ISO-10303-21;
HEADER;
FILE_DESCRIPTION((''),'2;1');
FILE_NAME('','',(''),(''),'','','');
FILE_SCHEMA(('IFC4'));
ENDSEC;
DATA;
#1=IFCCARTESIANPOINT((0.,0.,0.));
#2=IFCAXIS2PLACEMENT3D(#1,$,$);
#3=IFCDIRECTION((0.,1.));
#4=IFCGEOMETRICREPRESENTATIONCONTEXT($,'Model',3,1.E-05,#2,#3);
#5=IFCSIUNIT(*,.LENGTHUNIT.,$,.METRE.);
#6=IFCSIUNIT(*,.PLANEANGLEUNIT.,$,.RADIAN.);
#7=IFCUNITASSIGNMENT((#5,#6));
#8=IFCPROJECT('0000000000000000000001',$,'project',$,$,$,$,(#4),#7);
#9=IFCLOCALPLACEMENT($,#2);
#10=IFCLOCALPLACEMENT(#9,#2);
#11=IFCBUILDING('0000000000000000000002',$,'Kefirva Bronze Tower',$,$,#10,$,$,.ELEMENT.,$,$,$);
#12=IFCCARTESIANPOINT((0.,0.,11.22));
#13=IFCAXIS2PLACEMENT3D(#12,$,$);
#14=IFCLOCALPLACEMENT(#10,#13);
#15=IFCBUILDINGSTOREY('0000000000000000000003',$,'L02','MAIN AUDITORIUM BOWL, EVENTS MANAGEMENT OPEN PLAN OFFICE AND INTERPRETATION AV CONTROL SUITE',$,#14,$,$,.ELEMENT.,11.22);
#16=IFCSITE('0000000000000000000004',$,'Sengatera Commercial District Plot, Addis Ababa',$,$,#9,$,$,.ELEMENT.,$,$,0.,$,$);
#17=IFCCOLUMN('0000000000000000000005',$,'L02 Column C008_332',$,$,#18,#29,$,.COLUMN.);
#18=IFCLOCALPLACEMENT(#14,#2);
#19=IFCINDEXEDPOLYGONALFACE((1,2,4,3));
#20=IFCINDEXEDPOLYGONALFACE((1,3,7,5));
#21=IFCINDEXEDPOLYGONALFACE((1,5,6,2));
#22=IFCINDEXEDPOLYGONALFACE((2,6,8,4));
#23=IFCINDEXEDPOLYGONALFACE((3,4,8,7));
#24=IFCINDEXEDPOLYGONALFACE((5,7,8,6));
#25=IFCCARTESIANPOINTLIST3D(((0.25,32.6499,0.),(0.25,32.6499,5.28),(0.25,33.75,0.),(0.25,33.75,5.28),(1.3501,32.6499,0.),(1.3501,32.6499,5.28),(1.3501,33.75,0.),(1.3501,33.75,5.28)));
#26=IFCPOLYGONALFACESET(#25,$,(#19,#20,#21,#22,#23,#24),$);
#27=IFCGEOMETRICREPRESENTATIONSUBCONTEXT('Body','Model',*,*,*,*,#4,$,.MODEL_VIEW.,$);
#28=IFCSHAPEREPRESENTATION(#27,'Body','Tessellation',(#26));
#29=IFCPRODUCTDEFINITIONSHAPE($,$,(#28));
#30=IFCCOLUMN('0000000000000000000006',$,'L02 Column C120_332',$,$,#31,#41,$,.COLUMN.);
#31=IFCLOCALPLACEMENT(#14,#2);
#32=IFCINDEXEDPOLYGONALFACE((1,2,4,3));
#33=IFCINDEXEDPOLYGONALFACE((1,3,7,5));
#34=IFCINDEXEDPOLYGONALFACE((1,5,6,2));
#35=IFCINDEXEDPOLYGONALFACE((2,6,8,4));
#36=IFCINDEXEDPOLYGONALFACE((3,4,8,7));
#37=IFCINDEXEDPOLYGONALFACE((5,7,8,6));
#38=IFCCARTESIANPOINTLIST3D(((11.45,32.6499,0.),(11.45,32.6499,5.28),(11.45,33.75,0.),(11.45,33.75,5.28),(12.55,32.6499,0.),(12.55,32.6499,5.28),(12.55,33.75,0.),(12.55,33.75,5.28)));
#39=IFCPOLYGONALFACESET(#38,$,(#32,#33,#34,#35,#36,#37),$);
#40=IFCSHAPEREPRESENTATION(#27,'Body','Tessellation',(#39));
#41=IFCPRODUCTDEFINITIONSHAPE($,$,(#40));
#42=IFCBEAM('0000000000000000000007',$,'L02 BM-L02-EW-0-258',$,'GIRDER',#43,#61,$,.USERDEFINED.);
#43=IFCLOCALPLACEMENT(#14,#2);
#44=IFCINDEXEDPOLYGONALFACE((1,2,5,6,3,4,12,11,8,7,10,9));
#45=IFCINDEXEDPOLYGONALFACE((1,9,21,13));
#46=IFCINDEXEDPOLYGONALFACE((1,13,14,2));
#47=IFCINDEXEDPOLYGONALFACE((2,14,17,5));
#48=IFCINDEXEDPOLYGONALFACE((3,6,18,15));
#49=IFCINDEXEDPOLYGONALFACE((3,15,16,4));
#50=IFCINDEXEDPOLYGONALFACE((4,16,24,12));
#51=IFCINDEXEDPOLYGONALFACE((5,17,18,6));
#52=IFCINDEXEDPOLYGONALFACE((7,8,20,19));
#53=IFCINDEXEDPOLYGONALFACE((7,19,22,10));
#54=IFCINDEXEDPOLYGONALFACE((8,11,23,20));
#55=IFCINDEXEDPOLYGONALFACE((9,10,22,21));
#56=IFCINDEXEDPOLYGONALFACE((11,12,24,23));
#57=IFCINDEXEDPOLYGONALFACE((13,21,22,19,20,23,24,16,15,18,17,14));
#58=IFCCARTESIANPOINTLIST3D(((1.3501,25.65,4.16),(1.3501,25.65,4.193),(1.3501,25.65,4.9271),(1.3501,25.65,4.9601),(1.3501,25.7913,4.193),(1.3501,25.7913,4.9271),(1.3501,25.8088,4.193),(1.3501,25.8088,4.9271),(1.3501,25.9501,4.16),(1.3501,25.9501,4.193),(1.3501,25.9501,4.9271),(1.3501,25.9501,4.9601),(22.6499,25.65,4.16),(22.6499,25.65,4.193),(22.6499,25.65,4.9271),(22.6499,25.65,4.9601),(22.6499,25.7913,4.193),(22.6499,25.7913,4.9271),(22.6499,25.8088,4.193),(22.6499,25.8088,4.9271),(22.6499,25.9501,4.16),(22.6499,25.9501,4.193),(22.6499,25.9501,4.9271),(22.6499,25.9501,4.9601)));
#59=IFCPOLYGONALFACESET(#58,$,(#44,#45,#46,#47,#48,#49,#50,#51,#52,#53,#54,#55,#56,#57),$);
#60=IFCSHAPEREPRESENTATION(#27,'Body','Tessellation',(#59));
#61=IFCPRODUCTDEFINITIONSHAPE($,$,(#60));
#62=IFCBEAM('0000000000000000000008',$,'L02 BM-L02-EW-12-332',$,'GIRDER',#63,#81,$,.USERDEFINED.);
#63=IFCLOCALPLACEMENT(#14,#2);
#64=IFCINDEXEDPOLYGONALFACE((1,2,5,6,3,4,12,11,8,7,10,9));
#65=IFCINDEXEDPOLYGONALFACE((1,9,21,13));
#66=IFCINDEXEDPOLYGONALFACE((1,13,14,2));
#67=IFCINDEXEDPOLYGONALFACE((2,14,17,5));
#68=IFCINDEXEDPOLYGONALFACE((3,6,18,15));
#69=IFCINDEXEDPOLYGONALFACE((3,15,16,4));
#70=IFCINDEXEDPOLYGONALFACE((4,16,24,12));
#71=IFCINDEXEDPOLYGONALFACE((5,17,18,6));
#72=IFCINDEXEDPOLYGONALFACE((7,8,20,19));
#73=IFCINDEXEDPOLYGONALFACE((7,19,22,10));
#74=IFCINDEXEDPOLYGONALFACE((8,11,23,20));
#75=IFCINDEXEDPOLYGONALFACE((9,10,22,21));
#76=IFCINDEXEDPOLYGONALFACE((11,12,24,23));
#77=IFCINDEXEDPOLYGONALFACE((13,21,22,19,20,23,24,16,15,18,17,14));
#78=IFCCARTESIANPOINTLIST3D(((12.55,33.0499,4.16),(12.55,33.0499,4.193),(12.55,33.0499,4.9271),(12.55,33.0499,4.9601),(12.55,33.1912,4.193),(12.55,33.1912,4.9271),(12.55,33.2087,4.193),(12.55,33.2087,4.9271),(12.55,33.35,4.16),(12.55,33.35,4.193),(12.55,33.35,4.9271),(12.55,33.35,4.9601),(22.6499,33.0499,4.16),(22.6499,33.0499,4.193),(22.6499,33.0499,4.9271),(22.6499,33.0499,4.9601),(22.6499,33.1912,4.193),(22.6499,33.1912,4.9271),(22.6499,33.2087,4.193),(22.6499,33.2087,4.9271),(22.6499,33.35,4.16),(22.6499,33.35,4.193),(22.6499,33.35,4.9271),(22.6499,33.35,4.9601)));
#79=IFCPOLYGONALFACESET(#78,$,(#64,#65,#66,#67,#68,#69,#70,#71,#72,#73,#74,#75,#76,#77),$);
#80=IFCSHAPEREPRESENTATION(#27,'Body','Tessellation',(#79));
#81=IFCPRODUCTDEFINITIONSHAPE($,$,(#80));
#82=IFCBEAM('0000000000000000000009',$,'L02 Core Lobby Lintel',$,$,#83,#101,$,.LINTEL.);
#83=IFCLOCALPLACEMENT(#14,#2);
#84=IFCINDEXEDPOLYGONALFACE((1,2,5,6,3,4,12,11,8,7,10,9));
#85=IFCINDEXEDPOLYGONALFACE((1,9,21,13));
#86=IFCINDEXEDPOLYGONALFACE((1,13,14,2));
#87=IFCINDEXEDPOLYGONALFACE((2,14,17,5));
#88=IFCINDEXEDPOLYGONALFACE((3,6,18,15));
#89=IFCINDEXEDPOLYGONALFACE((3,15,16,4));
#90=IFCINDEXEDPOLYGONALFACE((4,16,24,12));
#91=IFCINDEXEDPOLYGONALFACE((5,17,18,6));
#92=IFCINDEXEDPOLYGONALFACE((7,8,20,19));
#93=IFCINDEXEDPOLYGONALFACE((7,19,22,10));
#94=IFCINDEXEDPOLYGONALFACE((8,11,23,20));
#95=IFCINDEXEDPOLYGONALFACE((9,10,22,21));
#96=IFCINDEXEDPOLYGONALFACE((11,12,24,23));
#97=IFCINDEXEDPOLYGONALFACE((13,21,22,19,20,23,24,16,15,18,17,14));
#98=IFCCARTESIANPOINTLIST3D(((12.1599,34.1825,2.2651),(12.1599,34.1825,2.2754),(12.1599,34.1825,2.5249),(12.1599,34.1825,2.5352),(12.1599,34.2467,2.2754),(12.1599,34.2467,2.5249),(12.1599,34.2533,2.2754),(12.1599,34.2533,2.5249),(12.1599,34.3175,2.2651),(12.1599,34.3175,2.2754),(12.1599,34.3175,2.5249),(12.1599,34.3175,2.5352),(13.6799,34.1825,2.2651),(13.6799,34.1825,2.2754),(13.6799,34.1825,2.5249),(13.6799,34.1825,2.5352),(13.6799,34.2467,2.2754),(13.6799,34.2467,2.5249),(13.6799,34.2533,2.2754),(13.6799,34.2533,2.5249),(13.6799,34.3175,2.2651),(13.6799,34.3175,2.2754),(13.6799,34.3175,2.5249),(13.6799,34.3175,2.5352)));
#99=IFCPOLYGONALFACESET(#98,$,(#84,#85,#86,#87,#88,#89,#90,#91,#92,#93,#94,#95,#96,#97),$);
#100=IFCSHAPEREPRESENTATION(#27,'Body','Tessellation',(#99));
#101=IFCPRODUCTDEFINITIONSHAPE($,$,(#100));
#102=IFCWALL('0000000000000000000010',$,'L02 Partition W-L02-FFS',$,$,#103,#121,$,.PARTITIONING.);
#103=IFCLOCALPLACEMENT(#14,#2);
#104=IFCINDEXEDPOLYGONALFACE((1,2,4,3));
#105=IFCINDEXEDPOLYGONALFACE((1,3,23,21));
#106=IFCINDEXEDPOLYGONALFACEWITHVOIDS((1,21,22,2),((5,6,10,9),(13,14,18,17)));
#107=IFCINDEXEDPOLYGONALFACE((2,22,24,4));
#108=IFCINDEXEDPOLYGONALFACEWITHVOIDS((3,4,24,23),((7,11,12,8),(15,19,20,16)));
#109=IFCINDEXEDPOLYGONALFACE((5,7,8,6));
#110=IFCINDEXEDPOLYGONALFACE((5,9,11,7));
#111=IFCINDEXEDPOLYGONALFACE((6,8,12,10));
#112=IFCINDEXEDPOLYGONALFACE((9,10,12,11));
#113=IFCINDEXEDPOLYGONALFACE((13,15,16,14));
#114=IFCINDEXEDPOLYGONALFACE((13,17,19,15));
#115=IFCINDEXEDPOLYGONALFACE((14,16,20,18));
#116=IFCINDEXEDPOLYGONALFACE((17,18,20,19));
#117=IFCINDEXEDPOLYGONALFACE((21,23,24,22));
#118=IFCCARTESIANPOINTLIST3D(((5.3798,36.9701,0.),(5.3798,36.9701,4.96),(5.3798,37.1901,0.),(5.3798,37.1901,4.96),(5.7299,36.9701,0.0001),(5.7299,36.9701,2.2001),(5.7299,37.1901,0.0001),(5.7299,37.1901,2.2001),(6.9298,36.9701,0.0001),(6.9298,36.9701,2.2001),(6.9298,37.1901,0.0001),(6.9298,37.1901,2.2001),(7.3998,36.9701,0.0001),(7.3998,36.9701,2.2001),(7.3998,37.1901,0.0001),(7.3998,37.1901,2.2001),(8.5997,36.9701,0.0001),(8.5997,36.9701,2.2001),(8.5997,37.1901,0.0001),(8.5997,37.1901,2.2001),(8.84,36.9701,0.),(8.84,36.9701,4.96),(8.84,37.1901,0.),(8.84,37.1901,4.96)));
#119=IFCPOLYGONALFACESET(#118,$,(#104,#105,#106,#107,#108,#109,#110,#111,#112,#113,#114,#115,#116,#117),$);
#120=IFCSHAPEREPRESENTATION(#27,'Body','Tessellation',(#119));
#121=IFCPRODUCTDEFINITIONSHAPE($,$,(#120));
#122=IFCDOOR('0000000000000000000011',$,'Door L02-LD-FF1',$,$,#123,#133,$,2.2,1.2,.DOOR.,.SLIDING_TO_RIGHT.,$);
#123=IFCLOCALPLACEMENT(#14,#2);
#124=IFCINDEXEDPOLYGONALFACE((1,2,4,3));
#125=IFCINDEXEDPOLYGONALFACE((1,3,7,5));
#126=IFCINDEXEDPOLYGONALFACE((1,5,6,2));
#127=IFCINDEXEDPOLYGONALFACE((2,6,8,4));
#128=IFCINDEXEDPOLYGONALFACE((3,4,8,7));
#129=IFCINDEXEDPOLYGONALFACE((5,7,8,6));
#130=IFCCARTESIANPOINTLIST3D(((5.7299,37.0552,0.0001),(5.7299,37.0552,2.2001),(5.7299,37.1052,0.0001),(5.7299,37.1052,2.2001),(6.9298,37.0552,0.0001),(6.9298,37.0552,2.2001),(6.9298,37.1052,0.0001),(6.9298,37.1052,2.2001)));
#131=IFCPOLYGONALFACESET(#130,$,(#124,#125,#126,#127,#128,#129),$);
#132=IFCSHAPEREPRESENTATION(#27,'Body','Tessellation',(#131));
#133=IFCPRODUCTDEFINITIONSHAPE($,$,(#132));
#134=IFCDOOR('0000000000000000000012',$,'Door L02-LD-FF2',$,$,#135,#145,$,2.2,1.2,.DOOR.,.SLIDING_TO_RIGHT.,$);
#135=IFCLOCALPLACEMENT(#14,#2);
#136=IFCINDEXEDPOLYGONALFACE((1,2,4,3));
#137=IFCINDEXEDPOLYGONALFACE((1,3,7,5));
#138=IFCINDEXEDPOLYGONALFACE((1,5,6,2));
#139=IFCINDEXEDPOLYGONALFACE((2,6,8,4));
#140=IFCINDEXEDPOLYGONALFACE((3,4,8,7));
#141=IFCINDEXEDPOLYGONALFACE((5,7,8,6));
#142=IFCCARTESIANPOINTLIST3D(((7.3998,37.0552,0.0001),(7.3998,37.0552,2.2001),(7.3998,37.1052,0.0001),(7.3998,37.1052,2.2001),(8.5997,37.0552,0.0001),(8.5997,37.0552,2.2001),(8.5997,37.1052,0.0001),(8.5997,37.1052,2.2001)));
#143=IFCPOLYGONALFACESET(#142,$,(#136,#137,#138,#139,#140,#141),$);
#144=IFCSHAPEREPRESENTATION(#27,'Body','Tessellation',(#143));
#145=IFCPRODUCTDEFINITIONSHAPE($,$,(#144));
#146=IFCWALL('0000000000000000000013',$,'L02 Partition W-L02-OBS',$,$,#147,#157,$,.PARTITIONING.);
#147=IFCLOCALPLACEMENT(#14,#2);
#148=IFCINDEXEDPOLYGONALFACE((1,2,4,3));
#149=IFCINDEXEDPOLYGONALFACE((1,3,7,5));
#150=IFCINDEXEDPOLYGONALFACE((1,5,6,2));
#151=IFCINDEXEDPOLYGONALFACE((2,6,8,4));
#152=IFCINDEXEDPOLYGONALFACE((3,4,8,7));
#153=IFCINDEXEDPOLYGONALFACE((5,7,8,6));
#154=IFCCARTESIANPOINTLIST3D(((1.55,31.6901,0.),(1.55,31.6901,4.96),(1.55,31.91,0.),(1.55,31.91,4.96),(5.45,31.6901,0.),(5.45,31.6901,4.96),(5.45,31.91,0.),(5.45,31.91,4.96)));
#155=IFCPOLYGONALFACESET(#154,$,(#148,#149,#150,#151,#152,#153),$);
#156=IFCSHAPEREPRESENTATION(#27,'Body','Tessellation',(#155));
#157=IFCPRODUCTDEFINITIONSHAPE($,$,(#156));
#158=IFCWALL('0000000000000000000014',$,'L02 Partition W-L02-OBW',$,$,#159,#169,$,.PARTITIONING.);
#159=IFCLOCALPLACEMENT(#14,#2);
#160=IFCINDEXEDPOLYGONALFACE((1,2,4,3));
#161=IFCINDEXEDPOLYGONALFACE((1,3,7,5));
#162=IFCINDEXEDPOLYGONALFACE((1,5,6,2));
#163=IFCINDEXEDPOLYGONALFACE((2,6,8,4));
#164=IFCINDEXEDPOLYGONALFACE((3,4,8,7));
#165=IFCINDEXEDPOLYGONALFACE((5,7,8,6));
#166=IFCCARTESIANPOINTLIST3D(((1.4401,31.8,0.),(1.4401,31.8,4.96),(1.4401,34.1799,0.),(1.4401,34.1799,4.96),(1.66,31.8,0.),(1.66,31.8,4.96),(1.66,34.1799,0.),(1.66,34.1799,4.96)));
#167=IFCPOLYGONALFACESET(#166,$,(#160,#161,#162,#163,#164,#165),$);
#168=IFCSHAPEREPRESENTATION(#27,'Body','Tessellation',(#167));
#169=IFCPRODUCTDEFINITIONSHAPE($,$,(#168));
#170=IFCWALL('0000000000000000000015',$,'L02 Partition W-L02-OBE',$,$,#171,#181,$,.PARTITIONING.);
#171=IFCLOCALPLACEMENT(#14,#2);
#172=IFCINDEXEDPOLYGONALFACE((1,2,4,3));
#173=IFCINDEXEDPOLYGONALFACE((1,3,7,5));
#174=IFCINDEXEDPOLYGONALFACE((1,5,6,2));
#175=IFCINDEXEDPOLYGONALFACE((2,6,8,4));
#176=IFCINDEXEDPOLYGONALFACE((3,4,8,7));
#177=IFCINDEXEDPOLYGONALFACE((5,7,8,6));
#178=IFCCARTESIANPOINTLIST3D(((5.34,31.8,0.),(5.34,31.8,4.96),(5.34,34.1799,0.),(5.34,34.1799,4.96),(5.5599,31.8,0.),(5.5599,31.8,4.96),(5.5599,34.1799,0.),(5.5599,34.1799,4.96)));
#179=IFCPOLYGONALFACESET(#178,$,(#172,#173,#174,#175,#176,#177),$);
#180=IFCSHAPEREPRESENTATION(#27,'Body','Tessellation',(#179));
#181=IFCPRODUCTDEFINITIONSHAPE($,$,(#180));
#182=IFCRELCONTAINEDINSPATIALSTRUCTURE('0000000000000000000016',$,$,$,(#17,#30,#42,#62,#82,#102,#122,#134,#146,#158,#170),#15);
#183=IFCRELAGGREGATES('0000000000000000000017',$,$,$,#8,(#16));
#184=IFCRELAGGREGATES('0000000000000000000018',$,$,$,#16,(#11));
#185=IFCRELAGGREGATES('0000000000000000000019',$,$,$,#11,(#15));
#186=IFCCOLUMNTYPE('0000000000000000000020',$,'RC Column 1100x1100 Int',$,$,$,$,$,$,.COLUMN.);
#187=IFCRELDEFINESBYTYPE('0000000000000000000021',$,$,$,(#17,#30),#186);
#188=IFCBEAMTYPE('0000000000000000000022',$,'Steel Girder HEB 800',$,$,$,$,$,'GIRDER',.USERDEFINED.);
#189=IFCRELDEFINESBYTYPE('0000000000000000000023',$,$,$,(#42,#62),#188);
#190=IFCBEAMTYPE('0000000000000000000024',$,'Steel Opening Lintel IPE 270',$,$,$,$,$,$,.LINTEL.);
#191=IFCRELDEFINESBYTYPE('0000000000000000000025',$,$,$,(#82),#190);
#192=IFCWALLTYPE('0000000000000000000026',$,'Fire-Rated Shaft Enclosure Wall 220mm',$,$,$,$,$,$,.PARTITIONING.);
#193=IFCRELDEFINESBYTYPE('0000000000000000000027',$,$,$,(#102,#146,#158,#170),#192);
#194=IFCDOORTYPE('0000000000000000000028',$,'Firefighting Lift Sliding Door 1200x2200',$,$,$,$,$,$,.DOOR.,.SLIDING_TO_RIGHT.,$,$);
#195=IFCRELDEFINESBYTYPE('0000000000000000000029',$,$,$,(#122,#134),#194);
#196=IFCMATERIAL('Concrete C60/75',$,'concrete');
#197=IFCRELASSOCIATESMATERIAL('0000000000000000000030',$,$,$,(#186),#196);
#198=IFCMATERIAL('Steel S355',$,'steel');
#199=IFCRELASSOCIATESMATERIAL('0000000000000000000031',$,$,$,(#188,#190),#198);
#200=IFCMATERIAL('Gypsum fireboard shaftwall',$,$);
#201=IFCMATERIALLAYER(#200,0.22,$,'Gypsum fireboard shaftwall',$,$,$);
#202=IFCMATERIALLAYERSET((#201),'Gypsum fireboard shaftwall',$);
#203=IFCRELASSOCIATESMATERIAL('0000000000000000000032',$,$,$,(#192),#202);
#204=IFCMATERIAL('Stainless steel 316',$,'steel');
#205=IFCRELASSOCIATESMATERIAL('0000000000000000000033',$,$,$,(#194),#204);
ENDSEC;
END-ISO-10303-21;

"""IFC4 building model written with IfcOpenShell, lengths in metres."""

from ifc_helpers import new_model, si_unit, direction, frame, frame_2d, origin, origin_2d, place, context, subcontext, project, spatial, rectangle, i_section, extrude, material, layer, layer_set, material_profile, profile_set, type_object, element, fill, save


model = new_model("IFC4")

# Units and contexts
model_context = context("Model", 3, precision=1e-05, world=origin(), true_north=direction((0.0, 1.0)))
body_context = subcontext(model_context, "Body", "Model", "MODEL_VIEW")
ifc_project = project(units=[si_unit("LENGTHUNIT", "METRE"), si_unit("PLANEANGLEUNIT", "RADIAN")], contexts=[model_context])

# Site, building, storey
site_placement = place(None, origin())
site = spatial("IfcSite", under=ifc_project, at=site_placement, Name="Sengatera Commercial District Plot, Addis Ababa", CompositionType="ELEMENT", RefElevation=0.0)
building_placement = place(site_placement, origin())
building = spatial("IfcBuilding", under=site, at=building_placement, Name="Kefirva Bronze Tower", CompositionType="ELEMENT")
storey_placement = place(building_placement, frame((0.0, 0.0, 11.22)))
storey = spatial("IfcBuildingStorey", under=building, at=storey_placement, Name="L02", Description="MAIN AUDITORIUM BOWL, EVENTS MANAGEMENT OPEN PLAN OFFICE AND INTERPRETATION AV CONTROL SUITE", CompositionType="ELEMENT", Elevation=11.22)

# Columns
ifc_material_1 = material(Name="Concrete C60/75", Category="concrete")
ifc_material_profile_1 = material_profile(ifc_material_1, rectangle(XDim=1.1001, YDim=1.1001, at=origin_2d()), Name="RC 1100x1100")
ifc_profile_set_1 = profile_set([ifc_material_profile_1], Name="Concrete C60/75")
column_type = type_object("IfcColumnType", Name="RC Column 1100x1100 Int", PredefinedType="COLUMN", material=ifc_profile_set_1)
for number, where, z_axis, x_axis, name in (
    (1, (0.8, 33.2, 0.0), (0.0, 0.0, 1.0), (1.0, 0.0, 0.0), "L02 Column C008_332"),
    (2, (12.0, 33.2, 0.0), (0.0, 0.0, 1.0), (1.0, 0.0, 0.0), "L02 Column C120_332"),
):
    element("IfcColumn", number, at=place(storey_placement, frame(where, z_axis=z_axis, x_axis=x_axis)), inside=storey, type_object=column_type, Name=name, PredefinedType="COLUMN", context=body_context, shape_type="SweptSolid", body=[
        extrude(rectangle(XDim=1.1001, YDim=1.1001, at=origin_2d()), origin(), (0.0, 0.0, 1.0), 5.28),
    ])

# Beams
ifc_material_2 = material(Name="Steel S355", Category="steel")
ifc_material_profile_2 = material_profile(ifc_material_2, i_section(OverallWidth=0.3, OverallDepth=0.8, WebThickness=0.0176, FlangeThickness=0.033, at=origin_2d()), Name="HEB 800")
ifc_profile_set_2 = profile_set([ifc_material_profile_2], Name="Steel S355")
beam_type_1 = type_object("IfcBeamType", Name="Steel Girder HEB 800", ElementType="GIRDER", PredefinedType="USERDEFINED", material=ifc_profile_set_2)
beam_1_placement = place(storey_placement, frame((1.3501, 25.8, 4.5601), z_axis=(1.0, 0.0, 0.0), x_axis=(0.0, 1.0, 0.0)))
element("IfcBeam", 3, at=beam_1_placement, inside=storey, type_object=beam_type_1, Name="L02 BM-L02-EW-0-258", ObjectType="GIRDER", PredefinedType="USERDEFINED", context=body_context, shape_type="SweptSolid", body=[
    extrude(i_section(OverallWidth=0.3, OverallDepth=0.8, WebThickness=0.0176, FlangeThickness=0.033, at=origin_2d()), origin(), (0.0, 0.0, 1.0), 21.2998),
])
beam_2_placement = place(storey_placement, frame((12.55, 33.2, 4.5601), z_axis=(1.0, 0.0, 0.0), x_axis=(0.0, 1.0, 0.0)))
element("IfcBeam", 4, at=beam_2_placement, inside=storey, type_object=beam_type_1, Name="L02 BM-L02-EW-12-332", ObjectType="GIRDER", PredefinedType="USERDEFINED", context=body_context, shape_type="SweptSolid", body=[
    extrude(i_section(OverallWidth=0.3, OverallDepth=0.8, WebThickness=0.0176, FlangeThickness=0.033, at=origin_2d()), origin(), (0.0, 0.0, 1.0), 10.0999),
])
ifc_material_profile_3 = material_profile(ifc_material_2, i_section(OverallWidth=0.135, OverallDepth=0.27, WebThickness=0.0066, FlangeThickness=0.0103, at=origin_2d()), Name="IPE 270")
ifc_profile_set_3 = profile_set([ifc_material_profile_3], Name="Steel S355")
beam_type_2 = type_object("IfcBeamType", Name="Steel Opening Lintel IPE 270", PredefinedType="LINTEL", material=ifc_profile_set_3)
beam_3_placement = place(storey_placement, frame((12.1599, 34.25, 2.4001), z_axis=(1.0, 0.0, 0.0), x_axis=(0.0, 1.0, 0.0)))
element("IfcBeam", 5, at=beam_3_placement, inside=storey, type_object=beam_type_2, Name="L02 Core Lobby Lintel", PredefinedType="LINTEL", context=body_context, shape_type="SweptSolid", body=[
    extrude(i_section(OverallWidth=0.135, OverallDepth=0.27, WebThickness=0.0066, FlangeThickness=0.0103, at=origin_2d()), origin(), (0.0, 0.0, 1.0), 1.52),
])

# Wall, openings, doors
ifc_material_3 = material(Name="Gypsum fireboard shaftwall")
ifc_layer_1 = layer(ifc_material_3, 0.22, Name="Gypsum fireboard shaftwall")
ifc_layer_set_1 = layer_set([ifc_layer_1], Name="Gypsum fireboard shaftwall")
wall_type_1 = type_object("IfcWallType", Name="Fire-Rated Shaft Enclosure Wall 220mm", PredefinedType="PARTITIONING", material=ifc_layer_set_1)
wall_1_placement = place(storey_placement, frame((5.3799, 37.0801, 0.0), z_axis=(0.0, 0.0, 1.0), x_axis=(1.0, 0.0, 0.0)))
wall_1 = element("IfcWall", 6, at=wall_1_placement, inside=storey, type_object=wall_type_1, Name="L02 Partition W-L02-FFS", PredefinedType="PARTITIONING", context=body_context, shape_type="SweptSolid", body=[
    extrude(rectangle(XDim=3.4602, YDim=0.22, at=frame_2d((1.73, 0.0))), origin(), (0.0, 0.0, 1.0), 4.96),
])
opening_1_placement = place(wall_1_placement, frame((1.55, 0.0, 0.0), z_axis=(0.0, 0.0, 1.0), x_axis=(-1.0, 0.0, 0.0)))
opening_1 = element("IfcOpeningElement", 7, at=opening_1_placement, cuts=wall_1, PredefinedType="OPENING", context=body_context, shape_type="SweptSolid", body=[
    extrude(rectangle(XDim=1.2, YDim=2.2, at=frame_2d((0.6001, 1.1001))), frame((0.0, 0.1201, 0.0), z_axis=(0.0, -1.0, 0.0), x_axis=(1.0, 0.0, 0.0)), (0.0, 0.0, 1.0), 0.24),
])
opening_2_placement = place(wall_1_placement, frame((3.22, 0.0, 0.0), z_axis=(0.0, 0.0, 1.0), x_axis=(-1.0, 0.0, 0.0)))
opening_2 = element("IfcOpeningElement", 8, at=opening_2_placement, cuts=wall_1, PredefinedType="OPENING", context=body_context, shape_type="SweptSolid", body=[
    extrude(rectangle(XDim=1.2, YDim=2.2, at=frame_2d((0.6001, 1.1001))), frame((0.0, 0.1201, 0.0), z_axis=(0.0, -1.0, 0.0), x_axis=(1.0, 0.0, 0.0)), (0.0, 0.0, 1.0), 0.24),
])
ifc_material_4 = material(Name="Stainless steel 316", Category="steel")
door_type_1 = type_object("IfcDoorType", Name="Firefighting Lift Sliding Door 1200x2200", OperationType="SLIDING_TO_RIGHT", PredefinedType="DOOR", material=ifc_material_4)
door_1_placement = place(opening_1_placement, origin())
door_1 = element("IfcDoor", 9, at=door_1_placement, inside=storey, type_object=door_type_1, Name="Door L02-LD-FF1", OperationType="SLIDING_TO_RIGHT", OverallHeight=2.2, OverallWidth=1.2, PredefinedType="DOOR", context=body_context, shape_type="SweptSolid", body=[
    extrude(rectangle(XDim=1.2, YDim=2.2, at=frame_2d((0.6001, 1.1001))), frame((0.0, 0.0249, 0.0), z_axis=(0.0, -1.0, 0.0), x_axis=(1.0, 0.0, 0.0)), (0.0, 0.0, 1.0), 0.05),
])
fill(opening_1, door_1)
door_2_placement = place(opening_2_placement, origin())
door_2 = element("IfcDoor", 10, at=door_2_placement, inside=storey, type_object=door_type_1, Name="Door L02-LD-FF2", OperationType="SLIDING_TO_RIGHT", OverallHeight=2.2, OverallWidth=1.2, PredefinedType="DOOR", context=body_context, shape_type="SweptSolid", body=[
    extrude(rectangle(XDim=1.2, YDim=2.2, at=frame_2d((0.6001, 1.1001))), frame((0.0, 0.0249, 0.0), z_axis=(0.0, -1.0, 0.0), x_axis=(1.0, 0.0, 0.0)), (0.0, 0.0, 1.0), 0.05),
])
fill(opening_2, door_2)

# Walls
wall_2_placement = place(storey_placement, frame((1.55, 31.8, 0.0), z_axis=(0.0, 0.0, 1.0), x_axis=(1.0, 0.0, 0.0)))
element("IfcWall", 11, at=wall_2_placement, inside=storey, type_object=wall_type_1, Name="L02 Partition W-L02-OBS", PredefinedType="PARTITIONING", context=body_context, shape_type="SweptSolid", body=[
    extrude(rectangle(XDim=3.8999, YDim=0.22, at=frame_2d((1.95, 0.0))), origin(), (0.0, 0.0, 1.0), 4.96),
])
for number, where, z_axis, x_axis, name in (
    (12, (1.55, 31.8, 0.0), (0.0, 0.0, 1.0), (0.0, 1.0, 0.0), "L02 Partition W-L02-OBW"),
    (13, (5.45, 31.8, 0.0), (0.0, 0.0, 1.0), (0.0, 1.0, 0.0), "L02 Partition W-L02-OBE"),
):
    element("IfcWall", number, at=place(storey_placement, frame(where, z_axis=z_axis, x_axis=x_axis)), inside=storey, type_object=wall_type_1, Name=name, PredefinedType="PARTITIONING", context=body_context, shape_type="SweptSolid", body=[
        extrude(rectangle(XDim=2.3799, YDim=0.22, at=frame_2d((1.1899, 0.0))), origin(), (0.0, 0.0, 1.0), 4.96),
    ])

save(model, "model.ifc")
